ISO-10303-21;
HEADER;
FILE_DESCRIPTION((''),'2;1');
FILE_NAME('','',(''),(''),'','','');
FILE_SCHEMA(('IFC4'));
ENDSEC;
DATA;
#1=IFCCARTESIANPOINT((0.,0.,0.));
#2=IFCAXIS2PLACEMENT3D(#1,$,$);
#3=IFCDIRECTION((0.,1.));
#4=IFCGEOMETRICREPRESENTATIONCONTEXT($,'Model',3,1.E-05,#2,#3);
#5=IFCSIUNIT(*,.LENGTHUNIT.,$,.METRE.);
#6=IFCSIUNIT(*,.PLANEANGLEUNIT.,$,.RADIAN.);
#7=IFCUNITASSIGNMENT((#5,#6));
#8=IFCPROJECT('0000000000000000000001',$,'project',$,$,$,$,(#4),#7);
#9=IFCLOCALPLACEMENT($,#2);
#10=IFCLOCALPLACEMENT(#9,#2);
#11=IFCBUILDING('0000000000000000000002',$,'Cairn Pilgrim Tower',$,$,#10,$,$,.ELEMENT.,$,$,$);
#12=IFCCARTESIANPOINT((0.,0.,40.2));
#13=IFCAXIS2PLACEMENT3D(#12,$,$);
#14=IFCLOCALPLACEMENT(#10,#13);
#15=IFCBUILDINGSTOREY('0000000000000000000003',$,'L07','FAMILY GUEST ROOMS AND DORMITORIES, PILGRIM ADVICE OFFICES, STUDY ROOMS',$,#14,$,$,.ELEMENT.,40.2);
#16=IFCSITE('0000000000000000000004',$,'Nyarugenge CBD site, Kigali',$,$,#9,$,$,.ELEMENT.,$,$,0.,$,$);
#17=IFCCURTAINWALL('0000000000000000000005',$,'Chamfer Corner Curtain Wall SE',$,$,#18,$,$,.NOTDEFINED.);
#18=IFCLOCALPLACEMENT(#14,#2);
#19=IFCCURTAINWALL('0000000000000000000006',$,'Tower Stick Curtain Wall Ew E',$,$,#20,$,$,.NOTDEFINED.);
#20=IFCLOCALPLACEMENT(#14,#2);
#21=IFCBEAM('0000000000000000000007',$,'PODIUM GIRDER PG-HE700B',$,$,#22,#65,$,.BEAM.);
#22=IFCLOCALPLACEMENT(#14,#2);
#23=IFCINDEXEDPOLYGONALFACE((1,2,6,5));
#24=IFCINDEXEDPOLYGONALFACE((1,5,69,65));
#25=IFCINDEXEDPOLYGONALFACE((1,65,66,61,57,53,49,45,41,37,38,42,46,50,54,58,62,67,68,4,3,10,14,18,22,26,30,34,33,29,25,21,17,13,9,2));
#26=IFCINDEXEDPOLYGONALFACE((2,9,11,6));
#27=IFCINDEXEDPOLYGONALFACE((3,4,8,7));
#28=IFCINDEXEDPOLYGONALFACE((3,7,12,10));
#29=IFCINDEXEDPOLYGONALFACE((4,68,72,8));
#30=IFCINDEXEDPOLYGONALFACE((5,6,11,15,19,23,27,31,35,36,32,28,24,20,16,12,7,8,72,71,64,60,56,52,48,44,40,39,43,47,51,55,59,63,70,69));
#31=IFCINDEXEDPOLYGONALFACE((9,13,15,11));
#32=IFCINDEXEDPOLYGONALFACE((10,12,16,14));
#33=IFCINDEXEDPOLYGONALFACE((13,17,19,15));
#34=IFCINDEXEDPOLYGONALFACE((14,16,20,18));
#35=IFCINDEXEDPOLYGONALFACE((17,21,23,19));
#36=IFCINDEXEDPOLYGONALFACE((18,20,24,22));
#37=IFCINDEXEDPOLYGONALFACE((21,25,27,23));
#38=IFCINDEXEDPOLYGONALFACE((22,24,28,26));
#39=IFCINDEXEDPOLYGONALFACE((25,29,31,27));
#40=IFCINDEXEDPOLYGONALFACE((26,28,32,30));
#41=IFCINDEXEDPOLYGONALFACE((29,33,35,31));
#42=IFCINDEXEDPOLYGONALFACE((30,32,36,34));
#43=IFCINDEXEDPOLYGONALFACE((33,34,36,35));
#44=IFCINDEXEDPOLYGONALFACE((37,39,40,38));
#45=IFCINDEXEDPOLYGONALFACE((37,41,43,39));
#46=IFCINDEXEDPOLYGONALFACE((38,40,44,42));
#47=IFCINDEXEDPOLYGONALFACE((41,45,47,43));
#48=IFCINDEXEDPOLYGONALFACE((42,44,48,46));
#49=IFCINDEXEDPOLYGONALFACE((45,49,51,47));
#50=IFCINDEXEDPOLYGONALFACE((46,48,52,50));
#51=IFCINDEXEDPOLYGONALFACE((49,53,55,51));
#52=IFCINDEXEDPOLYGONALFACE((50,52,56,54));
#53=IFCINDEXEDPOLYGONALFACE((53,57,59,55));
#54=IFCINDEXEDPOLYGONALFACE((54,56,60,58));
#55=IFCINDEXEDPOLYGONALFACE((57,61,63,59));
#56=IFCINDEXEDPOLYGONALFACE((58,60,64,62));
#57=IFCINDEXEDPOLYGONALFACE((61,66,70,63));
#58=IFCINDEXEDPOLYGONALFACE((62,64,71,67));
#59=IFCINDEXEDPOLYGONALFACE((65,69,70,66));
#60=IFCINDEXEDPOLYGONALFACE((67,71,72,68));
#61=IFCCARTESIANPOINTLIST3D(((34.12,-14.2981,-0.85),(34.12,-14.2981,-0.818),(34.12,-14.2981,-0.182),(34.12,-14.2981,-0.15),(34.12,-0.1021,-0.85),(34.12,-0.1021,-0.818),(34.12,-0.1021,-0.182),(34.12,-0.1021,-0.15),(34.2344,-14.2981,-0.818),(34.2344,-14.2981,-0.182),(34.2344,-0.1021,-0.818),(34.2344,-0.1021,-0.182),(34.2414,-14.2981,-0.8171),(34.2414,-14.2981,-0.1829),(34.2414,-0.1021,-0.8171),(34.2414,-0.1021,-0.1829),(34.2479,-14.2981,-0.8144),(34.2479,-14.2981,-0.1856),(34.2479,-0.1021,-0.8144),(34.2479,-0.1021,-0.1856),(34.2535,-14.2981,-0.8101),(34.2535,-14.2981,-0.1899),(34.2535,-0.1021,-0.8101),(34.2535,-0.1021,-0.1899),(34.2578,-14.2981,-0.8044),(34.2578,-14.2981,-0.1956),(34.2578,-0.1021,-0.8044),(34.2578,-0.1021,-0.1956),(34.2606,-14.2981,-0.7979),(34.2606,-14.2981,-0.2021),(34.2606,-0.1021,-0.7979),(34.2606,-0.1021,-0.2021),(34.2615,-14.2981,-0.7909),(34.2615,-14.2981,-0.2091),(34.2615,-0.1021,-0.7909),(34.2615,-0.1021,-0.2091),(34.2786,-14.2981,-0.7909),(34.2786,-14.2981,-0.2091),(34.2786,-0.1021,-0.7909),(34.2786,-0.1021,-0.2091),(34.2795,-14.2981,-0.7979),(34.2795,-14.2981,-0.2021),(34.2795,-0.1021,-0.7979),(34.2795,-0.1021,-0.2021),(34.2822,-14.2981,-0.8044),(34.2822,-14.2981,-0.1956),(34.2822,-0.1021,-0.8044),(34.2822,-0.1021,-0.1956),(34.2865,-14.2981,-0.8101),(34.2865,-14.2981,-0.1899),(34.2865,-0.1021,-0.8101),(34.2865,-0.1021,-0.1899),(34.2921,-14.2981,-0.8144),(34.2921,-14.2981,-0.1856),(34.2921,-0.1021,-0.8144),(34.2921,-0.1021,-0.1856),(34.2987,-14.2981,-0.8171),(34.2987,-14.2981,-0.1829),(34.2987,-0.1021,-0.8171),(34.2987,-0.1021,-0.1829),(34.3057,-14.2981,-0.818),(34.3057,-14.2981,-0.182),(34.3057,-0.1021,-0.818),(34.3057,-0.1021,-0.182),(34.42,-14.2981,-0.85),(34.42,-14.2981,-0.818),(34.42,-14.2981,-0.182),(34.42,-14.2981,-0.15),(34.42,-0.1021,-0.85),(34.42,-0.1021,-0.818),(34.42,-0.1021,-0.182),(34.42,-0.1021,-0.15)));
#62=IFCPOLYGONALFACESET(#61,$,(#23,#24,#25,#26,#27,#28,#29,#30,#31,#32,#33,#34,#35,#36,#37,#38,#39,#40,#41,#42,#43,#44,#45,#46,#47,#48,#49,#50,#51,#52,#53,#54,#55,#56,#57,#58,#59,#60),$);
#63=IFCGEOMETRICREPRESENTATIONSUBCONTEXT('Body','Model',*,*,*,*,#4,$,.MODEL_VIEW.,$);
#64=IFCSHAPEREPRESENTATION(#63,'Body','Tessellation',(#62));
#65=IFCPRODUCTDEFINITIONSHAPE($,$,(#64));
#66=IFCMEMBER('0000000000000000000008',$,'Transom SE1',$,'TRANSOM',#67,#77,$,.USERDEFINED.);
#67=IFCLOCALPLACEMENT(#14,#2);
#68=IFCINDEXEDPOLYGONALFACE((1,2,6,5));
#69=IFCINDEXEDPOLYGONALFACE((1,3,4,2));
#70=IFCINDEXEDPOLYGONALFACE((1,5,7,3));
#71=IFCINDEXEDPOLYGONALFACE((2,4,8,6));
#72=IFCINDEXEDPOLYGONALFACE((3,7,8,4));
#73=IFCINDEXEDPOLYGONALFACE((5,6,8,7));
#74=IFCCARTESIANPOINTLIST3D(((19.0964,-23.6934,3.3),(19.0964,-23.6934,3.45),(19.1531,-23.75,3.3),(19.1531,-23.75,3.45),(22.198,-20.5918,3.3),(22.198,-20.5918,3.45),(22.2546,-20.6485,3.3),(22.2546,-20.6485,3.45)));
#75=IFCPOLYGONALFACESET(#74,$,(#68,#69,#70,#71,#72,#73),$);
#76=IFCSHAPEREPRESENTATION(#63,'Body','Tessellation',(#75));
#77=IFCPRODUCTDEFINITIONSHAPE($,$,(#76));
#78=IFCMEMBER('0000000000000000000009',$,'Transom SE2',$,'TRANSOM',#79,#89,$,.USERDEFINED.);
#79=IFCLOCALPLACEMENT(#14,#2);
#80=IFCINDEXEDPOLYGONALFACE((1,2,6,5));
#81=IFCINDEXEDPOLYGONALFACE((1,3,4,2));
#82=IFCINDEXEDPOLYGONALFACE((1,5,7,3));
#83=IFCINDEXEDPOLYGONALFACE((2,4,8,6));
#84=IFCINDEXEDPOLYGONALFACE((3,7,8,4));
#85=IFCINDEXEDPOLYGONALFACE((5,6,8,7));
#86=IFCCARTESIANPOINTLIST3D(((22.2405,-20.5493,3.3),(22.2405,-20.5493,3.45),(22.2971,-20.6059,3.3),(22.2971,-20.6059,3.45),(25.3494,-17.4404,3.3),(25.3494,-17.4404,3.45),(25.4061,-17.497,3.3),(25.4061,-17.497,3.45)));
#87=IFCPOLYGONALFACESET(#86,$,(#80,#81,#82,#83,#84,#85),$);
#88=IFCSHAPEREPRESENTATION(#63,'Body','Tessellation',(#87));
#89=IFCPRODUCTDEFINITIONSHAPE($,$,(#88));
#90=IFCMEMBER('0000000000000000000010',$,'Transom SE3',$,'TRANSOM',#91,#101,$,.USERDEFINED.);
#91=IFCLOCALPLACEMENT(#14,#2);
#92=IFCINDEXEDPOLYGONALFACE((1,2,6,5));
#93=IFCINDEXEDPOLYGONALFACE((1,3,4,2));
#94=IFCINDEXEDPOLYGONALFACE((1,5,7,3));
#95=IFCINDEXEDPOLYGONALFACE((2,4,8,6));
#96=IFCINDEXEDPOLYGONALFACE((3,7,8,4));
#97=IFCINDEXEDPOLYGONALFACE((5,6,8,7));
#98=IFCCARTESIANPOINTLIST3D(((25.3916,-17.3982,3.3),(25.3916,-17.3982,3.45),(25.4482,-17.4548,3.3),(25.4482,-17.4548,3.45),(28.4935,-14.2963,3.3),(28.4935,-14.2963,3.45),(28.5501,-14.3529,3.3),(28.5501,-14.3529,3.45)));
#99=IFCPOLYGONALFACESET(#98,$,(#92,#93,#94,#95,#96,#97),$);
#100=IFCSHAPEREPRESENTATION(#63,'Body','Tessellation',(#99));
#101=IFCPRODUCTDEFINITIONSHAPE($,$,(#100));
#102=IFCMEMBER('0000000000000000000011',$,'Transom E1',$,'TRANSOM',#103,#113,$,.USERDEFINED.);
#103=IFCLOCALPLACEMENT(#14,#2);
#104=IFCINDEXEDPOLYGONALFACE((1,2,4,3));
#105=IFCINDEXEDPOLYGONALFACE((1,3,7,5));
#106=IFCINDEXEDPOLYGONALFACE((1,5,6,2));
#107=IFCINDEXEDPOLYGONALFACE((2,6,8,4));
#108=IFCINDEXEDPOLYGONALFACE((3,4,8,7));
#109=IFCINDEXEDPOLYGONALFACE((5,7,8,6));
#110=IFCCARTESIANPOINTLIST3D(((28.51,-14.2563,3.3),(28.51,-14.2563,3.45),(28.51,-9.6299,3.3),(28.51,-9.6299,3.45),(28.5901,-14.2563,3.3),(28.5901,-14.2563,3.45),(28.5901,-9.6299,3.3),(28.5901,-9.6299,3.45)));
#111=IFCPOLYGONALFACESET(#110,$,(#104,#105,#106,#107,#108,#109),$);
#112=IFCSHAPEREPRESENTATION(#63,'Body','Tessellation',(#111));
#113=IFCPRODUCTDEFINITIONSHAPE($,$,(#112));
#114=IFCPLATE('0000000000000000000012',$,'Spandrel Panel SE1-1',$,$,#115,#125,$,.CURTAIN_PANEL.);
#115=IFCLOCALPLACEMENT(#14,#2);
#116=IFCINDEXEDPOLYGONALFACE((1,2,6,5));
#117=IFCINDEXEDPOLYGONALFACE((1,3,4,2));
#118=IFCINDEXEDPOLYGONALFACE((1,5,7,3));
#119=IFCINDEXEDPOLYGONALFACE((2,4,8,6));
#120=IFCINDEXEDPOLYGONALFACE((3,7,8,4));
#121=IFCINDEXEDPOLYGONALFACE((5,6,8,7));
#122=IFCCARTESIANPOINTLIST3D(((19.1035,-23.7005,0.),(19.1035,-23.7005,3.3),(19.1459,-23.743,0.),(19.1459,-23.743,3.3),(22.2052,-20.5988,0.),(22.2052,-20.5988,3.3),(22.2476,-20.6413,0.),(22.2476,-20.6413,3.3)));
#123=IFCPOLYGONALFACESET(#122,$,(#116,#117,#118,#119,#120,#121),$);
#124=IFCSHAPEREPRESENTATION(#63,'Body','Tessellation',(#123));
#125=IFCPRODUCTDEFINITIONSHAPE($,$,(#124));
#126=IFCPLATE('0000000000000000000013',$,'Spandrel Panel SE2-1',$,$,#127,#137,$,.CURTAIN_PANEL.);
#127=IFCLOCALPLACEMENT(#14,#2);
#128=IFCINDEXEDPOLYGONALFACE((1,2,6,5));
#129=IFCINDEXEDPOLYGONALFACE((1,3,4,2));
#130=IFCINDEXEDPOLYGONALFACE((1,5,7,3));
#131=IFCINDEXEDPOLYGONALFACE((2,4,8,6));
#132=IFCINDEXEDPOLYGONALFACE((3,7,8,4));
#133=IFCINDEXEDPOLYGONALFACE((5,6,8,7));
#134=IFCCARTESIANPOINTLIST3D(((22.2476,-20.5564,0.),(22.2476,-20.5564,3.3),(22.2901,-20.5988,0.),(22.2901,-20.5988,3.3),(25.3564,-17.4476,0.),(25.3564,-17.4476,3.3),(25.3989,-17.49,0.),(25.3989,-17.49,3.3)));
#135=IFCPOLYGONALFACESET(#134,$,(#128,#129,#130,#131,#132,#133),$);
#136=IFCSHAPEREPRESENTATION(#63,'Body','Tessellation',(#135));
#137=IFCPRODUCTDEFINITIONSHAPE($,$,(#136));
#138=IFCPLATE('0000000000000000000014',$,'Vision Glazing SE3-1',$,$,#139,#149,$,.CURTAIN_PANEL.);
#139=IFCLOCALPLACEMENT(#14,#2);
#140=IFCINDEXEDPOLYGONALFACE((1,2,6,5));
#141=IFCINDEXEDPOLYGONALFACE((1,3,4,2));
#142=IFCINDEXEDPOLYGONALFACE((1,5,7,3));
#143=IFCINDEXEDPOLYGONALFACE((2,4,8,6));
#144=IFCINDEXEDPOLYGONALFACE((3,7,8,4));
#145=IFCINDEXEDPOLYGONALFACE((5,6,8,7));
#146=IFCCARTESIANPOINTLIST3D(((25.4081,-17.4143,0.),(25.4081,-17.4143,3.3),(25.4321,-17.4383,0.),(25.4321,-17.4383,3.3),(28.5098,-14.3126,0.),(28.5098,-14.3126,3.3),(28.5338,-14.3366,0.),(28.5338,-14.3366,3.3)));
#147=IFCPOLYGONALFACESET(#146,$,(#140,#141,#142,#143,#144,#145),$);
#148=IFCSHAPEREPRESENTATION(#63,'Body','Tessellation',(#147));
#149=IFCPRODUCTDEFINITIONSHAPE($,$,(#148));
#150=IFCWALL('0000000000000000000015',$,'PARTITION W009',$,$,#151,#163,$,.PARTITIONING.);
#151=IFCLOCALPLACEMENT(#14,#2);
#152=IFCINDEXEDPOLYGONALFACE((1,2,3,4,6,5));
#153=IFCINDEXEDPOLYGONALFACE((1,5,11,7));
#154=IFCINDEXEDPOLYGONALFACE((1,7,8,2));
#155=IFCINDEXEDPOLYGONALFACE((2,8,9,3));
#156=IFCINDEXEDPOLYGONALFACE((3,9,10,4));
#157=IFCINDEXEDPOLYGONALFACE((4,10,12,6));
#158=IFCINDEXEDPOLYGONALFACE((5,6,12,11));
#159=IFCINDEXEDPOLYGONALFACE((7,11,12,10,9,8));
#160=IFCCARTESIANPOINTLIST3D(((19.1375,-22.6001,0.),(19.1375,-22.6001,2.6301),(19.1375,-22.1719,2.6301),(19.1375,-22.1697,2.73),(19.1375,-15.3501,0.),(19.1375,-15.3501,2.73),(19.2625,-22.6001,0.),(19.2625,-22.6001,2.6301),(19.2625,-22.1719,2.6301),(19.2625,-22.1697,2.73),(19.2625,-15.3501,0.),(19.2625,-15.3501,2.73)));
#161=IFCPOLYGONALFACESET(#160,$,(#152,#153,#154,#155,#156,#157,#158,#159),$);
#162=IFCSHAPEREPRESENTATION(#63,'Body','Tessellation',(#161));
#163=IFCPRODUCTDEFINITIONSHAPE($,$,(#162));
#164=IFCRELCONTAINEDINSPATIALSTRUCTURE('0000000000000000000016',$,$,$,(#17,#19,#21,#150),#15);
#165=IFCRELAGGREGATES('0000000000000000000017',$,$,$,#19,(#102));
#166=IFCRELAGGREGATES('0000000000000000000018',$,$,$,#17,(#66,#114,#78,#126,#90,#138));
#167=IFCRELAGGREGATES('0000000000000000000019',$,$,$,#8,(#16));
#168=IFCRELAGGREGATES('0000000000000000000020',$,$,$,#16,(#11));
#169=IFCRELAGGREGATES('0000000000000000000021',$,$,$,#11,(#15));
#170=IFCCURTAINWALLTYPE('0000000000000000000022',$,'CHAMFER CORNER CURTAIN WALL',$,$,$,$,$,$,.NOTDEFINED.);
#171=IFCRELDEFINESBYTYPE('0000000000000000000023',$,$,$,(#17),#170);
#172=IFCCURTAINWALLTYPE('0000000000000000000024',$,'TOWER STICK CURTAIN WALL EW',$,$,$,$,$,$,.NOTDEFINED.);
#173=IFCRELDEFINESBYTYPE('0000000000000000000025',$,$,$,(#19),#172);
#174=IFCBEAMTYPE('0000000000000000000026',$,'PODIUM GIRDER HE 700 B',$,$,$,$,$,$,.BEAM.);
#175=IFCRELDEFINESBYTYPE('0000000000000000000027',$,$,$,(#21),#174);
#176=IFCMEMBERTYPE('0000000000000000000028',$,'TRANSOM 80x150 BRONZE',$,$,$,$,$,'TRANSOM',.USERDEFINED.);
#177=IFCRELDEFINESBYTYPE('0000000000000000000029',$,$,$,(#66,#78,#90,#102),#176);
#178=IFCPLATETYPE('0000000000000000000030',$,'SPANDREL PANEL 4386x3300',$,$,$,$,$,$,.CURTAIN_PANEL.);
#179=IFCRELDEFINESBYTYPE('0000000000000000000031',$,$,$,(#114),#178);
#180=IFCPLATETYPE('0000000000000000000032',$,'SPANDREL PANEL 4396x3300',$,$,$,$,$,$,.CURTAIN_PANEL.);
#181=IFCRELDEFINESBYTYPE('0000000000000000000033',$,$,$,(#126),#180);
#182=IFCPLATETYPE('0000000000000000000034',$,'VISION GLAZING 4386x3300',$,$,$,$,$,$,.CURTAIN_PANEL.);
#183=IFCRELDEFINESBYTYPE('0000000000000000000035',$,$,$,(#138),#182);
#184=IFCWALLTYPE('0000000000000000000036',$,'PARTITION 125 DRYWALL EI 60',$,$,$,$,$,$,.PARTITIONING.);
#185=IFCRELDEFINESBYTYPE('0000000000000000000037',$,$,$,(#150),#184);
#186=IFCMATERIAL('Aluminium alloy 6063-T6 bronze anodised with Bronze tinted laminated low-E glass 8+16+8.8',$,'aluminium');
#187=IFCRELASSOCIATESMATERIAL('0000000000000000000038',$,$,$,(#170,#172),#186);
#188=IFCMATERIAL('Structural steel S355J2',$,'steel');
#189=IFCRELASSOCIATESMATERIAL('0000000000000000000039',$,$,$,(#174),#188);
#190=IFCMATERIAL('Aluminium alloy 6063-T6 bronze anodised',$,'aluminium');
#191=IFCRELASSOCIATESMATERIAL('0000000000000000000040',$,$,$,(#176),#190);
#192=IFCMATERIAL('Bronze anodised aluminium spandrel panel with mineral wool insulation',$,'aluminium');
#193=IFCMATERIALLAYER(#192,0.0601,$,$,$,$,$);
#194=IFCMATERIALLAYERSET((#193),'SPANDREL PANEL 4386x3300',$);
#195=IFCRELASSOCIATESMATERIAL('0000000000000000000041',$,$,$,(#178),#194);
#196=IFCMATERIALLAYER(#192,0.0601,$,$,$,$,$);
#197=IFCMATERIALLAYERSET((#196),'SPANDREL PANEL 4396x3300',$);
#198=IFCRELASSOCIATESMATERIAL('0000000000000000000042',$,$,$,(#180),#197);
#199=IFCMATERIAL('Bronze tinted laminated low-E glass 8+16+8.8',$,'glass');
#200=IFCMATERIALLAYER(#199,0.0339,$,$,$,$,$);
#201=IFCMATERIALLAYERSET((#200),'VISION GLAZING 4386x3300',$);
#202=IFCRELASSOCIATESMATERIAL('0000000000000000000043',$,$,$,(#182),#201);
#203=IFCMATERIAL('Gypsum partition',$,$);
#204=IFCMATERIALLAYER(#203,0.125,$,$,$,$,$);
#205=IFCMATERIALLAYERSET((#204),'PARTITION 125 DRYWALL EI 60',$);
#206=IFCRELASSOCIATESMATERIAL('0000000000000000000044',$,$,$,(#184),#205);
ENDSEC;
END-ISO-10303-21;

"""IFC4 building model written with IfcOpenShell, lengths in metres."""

from ifc_helpers import new_model, si_unit, direction, frame, origin, origin_2d, place, context, subcontext, project, spatial, polyline, rectangle, i_section, outline, extrude, material, layer, layer_set, material_profile, profile_set, type_object, element, aggregate, save


model = new_model("IFC4")

# Units and contexts
model_context = context("Model", 3, precision=1e-05, world=origin(), true_north=direction((0.0, 1.0)))
body_context = subcontext(model_context, "Body", "Model", "MODEL_VIEW")
ifc_project = project(units=[si_unit("LENGTHUNIT", "METRE"), si_unit("PLANEANGLEUNIT", "RADIAN")], contexts=[model_context])

# Site, building, storey
site_placement = place(None, origin())
site = spatial("IfcSite", under=ifc_project, at=site_placement, Name="Nyarugenge CBD site, Kigali", CompositionType="ELEMENT", RefElevation=0.0)
building_placement = place(site_placement, origin())
building = spatial("IfcBuilding", under=site, at=building_placement, Name="Cairn Pilgrim Tower", CompositionType="ELEMENT")
storey_placement = place(building_placement, frame((0.0, 0.0, 40.2)))
storey = spatial("IfcBuildingStorey", under=building, at=storey_placement, Name="L07", Description="FAMILY GUEST ROOMS AND DORMITORIES, PILGRIM ADVICE OFFICES, STUDY ROOMS", CompositionType="ELEMENT", Elevation=40.2)

# Curtain wall
ifc_material_1 = material(Name="Aluminium alloy 6063-T6 bronze anodised with Bronze tinted laminated low-E glass 8+16+8.8", Category="aluminium")
curtain_wall_type_1 = type_object("IfcCurtainWallType", Name="CHAMFER CORNER CURTAIN WALL", PredefinedType="NOTDEFINED", material=ifc_material_1)
curtain_wall_1_placement = place(storey_placement, origin())
curtain_wall_1 = element("IfcCurtainWall", 1, at=curtain_wall_1_placement, inside=storey, type_object=curtain_wall_type_1, Name="Chamfer Corner Curtain Wall SE", PredefinedType="NOTDEFINED")
ifc_material_2 = material(Name="Aluminium alloy 6063-T6 bronze anodised", Category="aluminium")

# Curtain wall
curtain_wall_type_2 = type_object("IfcCurtainWallType", Name="TOWER STICK CURTAIN WALL EW", PredefinedType="NOTDEFINED", material=ifc_material_1)
curtain_wall_2_placement = place(storey_placement, origin())
curtain_wall_2 = element("IfcCurtainWall", 2, at=curtain_wall_2_placement, inside=storey, type_object=curtain_wall_type_2, Name="Tower Stick Curtain Wall Ew E", PredefinedType="NOTDEFINED")

# Beam
ifc_material_3 = material(Name="Structural steel S355J2", Category="steel")
ifc_material_profile_1 = material_profile(ifc_material_3, i_section(OverallWidth=0.3, OverallDepth=0.7, WebThickness=0.0171, FlangeThickness=0.032, FilletRadius=0.0271, at=origin_2d()), Name="HEB 700")
ifc_profile_set_1 = profile_set([ifc_material_profile_1], Name="Structural steel S355J2")
beam_type_1 = type_object("IfcBeamType", Name="PODIUM GIRDER HE 700 B", PredefinedType="BEAM", material=ifc_profile_set_1)
beam_1_placement = place(storey_placement, frame((34.27, -14.2981, -0.5), z_axis=(0.0, 1.0, 0.0), x_axis=(-1.0, 0.0, 0.0)))
element("IfcBeam", 3, at=beam_1_placement, inside=storey, type_object=beam_type_1, Name="PODIUM GIRDER PG-HE700B", PredefinedType="BEAM", context=body_context, shape_type="SweptSolid", body=[
    extrude(i_section(OverallWidth=0.3, OverallDepth=0.7, WebThickness=0.0171, FlangeThickness=0.032, FilletRadius=0.0271, at=origin_2d()), origin(), (0.0, 0.0, 1.0), 14.196),
])

# Members
ifc_material_profile_2 = material_profile(ifc_material_2, rectangle(XDim=0.0801, YDim=0.1499, at=origin_2d()), Name="TRANSOM 80x150 BRONZE")
ifc_profile_set_2 = profile_set([ifc_material_profile_2], Name="Aluminium alloy 6063-T6 bronze anodised")
member_type_1 = type_object("IfcMemberType", Name="TRANSOM 80x150 BRONZE", ElementType="TRANSOM", PredefinedType="USERDEFINED", material=ifc_profile_set_2)
member_1_placement = place(storey_placement, frame((19.1248, -23.7217, 3.375), z_axis=(0.707107, 0.707107, 0.0), x_axis=(-0.707107, 0.707107, 0.0)))
member_1 = element("IfcMember", 4, at=member_1_placement, type_object=member_type_1, Name="Transom SE1", ObjectType="TRANSOM", PredefinedType="USERDEFINED", context=body_context, shape_type="SweptSolid", body=[
    extrude(rectangle(XDim=0.0801, YDim=0.1499, at=origin_2d()), origin(), (0.0, 0.0, 1.0), 4.3862),
])
member_2_placement = place(storey_placement, frame((22.2688, -20.5776, 3.375), z_axis=(0.707107, 0.707107, 0.0), x_axis=(-0.707107, 0.707107, 0.0)))
member_2 = element("IfcMember", 5, at=member_2_placement, type_object=member_type_1, Name="Transom SE2", ObjectType="TRANSOM", PredefinedType="USERDEFINED", context=body_context, shape_type="SweptSolid", body=[
    extrude(rectangle(XDim=0.0801, YDim=0.1499, at=origin_2d()), origin(), (0.0, 0.0, 1.0), 4.3967),
])
member_3_placement = place(storey_placement, frame((25.4199, -17.4265, 3.375), z_axis=(0.707107, 0.707107, 0.0), x_axis=(-0.707107, 0.707107, 0.0)))
member_3 = element("IfcMember", 6, at=member_3_placement, type_object=member_type_1, Name="Transom SE3", ObjectType="TRANSOM", PredefinedType="USERDEFINED", context=body_context, shape_type="SweptSolid", body=[
    extrude(rectangle(XDim=0.0801, YDim=0.1499, at=origin_2d()), origin(), (0.0, 0.0, 1.0), 4.3867),
])
member_4_placement = place(storey_placement, frame((28.55, -14.2563, 3.375), z_axis=(0.0, 1.0, 0.0), x_axis=(-1.0, 0.0, 0.0)))
member_4 = element("IfcMember", 7, at=member_4_placement, type_object=member_type_1, Name="Transom E1", ObjectType="TRANSOM", PredefinedType="USERDEFINED", context=body_context, shape_type="SweptSolid", body=[
    extrude(rectangle(XDim=0.0801, YDim=0.1499, at=origin_2d()), origin(), (0.0, 0.0, 1.0), 4.6265),
])
aggregate(curtain_wall_2, [member_4])

# Plates
ifc_material_4 = material(Name="Bronze anodised aluminium spandrel panel with mineral wool insulation", Category="aluminium")
ifc_layer_1 = layer(ifc_material_4, 0.0601)
ifc_layer_set_1 = layer_set([ifc_layer_1], Name="SPANDREL PANEL 4386x3300")
plate_type_1 = type_object("IfcPlateType", Name="SPANDREL PANEL 4386x3300", PredefinedType="CURTAIN_PANEL", material=ifc_layer_set_1)
plate_1_placement = place(storey_placement, frame((20.6755, -22.1709, 0.0), z_axis=(0.0, 0.0, 1.0), x_axis=(0.707107, 0.707107, 0.0)))
plate_1 = element("IfcPlate", 8, at=plate_1_placement, type_object=plate_type_1, Name="Spandrel Panel SE1-1", PredefinedType="CURTAIN_PANEL", context=body_context, shape_type="SweptSolid", body=[
    extrude(rectangle(XDim=4.3865, YDim=0.0601, at=origin_2d()), origin(), (0.0, 0.0, 1.0), 3.3),
])
ifc_layer_2 = layer(ifc_material_4, 0.0601)
ifc_layer_set_2 = layer_set([ifc_layer_2], Name="SPANDREL PANEL 4396x3300")
plate_type_2 = type_object("IfcPlateType", Name="SPANDREL PANEL 4396x3300", PredefinedType="CURTAIN_PANEL", material=ifc_layer_set_2)
plate_2_placement = place(storey_placement, frame((23.8232, -19.0232, 0.0), z_axis=(0.0, 0.0, 1.0), x_axis=(0.707107, 0.707107, 0.0)))
plate_2 = element("IfcPlate", 9, at=plate_2_placement, type_object=plate_type_2, Name="Spandrel Panel SE2-1", PredefinedType="CURTAIN_PANEL", context=body_context, shape_type="SweptSolid", body=[
    extrude(rectangle(XDim=4.3965, YDim=0.0601, at=origin_2d()), origin(), (0.0, 0.0, 1.0), 3.3),
])
ifc_material_5 = material(Name="Bronze tinted laminated low-E glass 8+16+8.8", Category="glass")
ifc_layer_3 = layer(ifc_material_5, 0.0339)
ifc_layer_set_3 = layer_set([ifc_layer_3], Name="VISION GLAZING 4386x3300")
plate_type_3 = type_object("IfcPlateType", Name="VISION GLAZING 4386x3300", PredefinedType="CURTAIN_PANEL", material=ifc_layer_set_3)
plate_3_placement = place(storey_placement, frame((26.9709, -15.8755, 0.0), z_axis=(0.0, 0.0, 1.0), x_axis=(0.707107, 0.707107, 0.0)))
plate_3 = element("IfcPlate", 10, at=plate_3_placement, type_object=plate_type_3, Name="Vision Glazing SE3-1", PredefinedType="CURTAIN_PANEL", context=body_context, shape_type="SweptSolid", body=[
    extrude(rectangle(XDim=4.3865, YDim=0.0339, at=origin_2d()), origin(), (0.0, 0.0, 1.0), 3.3),
])
aggregate(curtain_wall_1, [member_1, plate_1, member_2, plate_2, member_3, plate_3])

# Wall
ifc_material_6 = material(Name="Gypsum partition")
ifc_layer_4 = layer(ifc_material_6, 0.125)
ifc_layer_set_4 = layer_set([ifc_layer_4], Name="PARTITION 125 DRYWALL EI 60")
wall_type_1 = type_object("IfcWallType", Name="PARTITION 125 DRYWALL EI 60", PredefinedType="PARTITIONING", material=ifc_layer_set_4)
wall_1_placement = place(storey_placement, frame((19.2, -22.6001, 0.0), z_axis=(0.0, 0.0, 1.0), x_axis=(0.0, 1.0, 0.0)))
element("IfcWall", 11, at=wall_1_placement, inside=storey, type_object=wall_type_1, Name="PARTITION W009", PredefinedType="PARTITIONING", context=body_context, shape_type="SweptSolid", body=[
    extrude(outline(polyline([(0.0, 0.0), (7.25, 0.0), (7.25, 2.73), (0.4304, 2.73), (0.4282, 2.6301), (0.0, 2.6301), (0.0, 0.0)])), frame((0.0, 0.0625, 0.0), z_axis=(0.0, -1.0, 0.0), x_axis=(1.0, 0.0, 0.0)), (0.0, 0.0, 1.0), 0.125),
])

save(model, "model.ifc")
